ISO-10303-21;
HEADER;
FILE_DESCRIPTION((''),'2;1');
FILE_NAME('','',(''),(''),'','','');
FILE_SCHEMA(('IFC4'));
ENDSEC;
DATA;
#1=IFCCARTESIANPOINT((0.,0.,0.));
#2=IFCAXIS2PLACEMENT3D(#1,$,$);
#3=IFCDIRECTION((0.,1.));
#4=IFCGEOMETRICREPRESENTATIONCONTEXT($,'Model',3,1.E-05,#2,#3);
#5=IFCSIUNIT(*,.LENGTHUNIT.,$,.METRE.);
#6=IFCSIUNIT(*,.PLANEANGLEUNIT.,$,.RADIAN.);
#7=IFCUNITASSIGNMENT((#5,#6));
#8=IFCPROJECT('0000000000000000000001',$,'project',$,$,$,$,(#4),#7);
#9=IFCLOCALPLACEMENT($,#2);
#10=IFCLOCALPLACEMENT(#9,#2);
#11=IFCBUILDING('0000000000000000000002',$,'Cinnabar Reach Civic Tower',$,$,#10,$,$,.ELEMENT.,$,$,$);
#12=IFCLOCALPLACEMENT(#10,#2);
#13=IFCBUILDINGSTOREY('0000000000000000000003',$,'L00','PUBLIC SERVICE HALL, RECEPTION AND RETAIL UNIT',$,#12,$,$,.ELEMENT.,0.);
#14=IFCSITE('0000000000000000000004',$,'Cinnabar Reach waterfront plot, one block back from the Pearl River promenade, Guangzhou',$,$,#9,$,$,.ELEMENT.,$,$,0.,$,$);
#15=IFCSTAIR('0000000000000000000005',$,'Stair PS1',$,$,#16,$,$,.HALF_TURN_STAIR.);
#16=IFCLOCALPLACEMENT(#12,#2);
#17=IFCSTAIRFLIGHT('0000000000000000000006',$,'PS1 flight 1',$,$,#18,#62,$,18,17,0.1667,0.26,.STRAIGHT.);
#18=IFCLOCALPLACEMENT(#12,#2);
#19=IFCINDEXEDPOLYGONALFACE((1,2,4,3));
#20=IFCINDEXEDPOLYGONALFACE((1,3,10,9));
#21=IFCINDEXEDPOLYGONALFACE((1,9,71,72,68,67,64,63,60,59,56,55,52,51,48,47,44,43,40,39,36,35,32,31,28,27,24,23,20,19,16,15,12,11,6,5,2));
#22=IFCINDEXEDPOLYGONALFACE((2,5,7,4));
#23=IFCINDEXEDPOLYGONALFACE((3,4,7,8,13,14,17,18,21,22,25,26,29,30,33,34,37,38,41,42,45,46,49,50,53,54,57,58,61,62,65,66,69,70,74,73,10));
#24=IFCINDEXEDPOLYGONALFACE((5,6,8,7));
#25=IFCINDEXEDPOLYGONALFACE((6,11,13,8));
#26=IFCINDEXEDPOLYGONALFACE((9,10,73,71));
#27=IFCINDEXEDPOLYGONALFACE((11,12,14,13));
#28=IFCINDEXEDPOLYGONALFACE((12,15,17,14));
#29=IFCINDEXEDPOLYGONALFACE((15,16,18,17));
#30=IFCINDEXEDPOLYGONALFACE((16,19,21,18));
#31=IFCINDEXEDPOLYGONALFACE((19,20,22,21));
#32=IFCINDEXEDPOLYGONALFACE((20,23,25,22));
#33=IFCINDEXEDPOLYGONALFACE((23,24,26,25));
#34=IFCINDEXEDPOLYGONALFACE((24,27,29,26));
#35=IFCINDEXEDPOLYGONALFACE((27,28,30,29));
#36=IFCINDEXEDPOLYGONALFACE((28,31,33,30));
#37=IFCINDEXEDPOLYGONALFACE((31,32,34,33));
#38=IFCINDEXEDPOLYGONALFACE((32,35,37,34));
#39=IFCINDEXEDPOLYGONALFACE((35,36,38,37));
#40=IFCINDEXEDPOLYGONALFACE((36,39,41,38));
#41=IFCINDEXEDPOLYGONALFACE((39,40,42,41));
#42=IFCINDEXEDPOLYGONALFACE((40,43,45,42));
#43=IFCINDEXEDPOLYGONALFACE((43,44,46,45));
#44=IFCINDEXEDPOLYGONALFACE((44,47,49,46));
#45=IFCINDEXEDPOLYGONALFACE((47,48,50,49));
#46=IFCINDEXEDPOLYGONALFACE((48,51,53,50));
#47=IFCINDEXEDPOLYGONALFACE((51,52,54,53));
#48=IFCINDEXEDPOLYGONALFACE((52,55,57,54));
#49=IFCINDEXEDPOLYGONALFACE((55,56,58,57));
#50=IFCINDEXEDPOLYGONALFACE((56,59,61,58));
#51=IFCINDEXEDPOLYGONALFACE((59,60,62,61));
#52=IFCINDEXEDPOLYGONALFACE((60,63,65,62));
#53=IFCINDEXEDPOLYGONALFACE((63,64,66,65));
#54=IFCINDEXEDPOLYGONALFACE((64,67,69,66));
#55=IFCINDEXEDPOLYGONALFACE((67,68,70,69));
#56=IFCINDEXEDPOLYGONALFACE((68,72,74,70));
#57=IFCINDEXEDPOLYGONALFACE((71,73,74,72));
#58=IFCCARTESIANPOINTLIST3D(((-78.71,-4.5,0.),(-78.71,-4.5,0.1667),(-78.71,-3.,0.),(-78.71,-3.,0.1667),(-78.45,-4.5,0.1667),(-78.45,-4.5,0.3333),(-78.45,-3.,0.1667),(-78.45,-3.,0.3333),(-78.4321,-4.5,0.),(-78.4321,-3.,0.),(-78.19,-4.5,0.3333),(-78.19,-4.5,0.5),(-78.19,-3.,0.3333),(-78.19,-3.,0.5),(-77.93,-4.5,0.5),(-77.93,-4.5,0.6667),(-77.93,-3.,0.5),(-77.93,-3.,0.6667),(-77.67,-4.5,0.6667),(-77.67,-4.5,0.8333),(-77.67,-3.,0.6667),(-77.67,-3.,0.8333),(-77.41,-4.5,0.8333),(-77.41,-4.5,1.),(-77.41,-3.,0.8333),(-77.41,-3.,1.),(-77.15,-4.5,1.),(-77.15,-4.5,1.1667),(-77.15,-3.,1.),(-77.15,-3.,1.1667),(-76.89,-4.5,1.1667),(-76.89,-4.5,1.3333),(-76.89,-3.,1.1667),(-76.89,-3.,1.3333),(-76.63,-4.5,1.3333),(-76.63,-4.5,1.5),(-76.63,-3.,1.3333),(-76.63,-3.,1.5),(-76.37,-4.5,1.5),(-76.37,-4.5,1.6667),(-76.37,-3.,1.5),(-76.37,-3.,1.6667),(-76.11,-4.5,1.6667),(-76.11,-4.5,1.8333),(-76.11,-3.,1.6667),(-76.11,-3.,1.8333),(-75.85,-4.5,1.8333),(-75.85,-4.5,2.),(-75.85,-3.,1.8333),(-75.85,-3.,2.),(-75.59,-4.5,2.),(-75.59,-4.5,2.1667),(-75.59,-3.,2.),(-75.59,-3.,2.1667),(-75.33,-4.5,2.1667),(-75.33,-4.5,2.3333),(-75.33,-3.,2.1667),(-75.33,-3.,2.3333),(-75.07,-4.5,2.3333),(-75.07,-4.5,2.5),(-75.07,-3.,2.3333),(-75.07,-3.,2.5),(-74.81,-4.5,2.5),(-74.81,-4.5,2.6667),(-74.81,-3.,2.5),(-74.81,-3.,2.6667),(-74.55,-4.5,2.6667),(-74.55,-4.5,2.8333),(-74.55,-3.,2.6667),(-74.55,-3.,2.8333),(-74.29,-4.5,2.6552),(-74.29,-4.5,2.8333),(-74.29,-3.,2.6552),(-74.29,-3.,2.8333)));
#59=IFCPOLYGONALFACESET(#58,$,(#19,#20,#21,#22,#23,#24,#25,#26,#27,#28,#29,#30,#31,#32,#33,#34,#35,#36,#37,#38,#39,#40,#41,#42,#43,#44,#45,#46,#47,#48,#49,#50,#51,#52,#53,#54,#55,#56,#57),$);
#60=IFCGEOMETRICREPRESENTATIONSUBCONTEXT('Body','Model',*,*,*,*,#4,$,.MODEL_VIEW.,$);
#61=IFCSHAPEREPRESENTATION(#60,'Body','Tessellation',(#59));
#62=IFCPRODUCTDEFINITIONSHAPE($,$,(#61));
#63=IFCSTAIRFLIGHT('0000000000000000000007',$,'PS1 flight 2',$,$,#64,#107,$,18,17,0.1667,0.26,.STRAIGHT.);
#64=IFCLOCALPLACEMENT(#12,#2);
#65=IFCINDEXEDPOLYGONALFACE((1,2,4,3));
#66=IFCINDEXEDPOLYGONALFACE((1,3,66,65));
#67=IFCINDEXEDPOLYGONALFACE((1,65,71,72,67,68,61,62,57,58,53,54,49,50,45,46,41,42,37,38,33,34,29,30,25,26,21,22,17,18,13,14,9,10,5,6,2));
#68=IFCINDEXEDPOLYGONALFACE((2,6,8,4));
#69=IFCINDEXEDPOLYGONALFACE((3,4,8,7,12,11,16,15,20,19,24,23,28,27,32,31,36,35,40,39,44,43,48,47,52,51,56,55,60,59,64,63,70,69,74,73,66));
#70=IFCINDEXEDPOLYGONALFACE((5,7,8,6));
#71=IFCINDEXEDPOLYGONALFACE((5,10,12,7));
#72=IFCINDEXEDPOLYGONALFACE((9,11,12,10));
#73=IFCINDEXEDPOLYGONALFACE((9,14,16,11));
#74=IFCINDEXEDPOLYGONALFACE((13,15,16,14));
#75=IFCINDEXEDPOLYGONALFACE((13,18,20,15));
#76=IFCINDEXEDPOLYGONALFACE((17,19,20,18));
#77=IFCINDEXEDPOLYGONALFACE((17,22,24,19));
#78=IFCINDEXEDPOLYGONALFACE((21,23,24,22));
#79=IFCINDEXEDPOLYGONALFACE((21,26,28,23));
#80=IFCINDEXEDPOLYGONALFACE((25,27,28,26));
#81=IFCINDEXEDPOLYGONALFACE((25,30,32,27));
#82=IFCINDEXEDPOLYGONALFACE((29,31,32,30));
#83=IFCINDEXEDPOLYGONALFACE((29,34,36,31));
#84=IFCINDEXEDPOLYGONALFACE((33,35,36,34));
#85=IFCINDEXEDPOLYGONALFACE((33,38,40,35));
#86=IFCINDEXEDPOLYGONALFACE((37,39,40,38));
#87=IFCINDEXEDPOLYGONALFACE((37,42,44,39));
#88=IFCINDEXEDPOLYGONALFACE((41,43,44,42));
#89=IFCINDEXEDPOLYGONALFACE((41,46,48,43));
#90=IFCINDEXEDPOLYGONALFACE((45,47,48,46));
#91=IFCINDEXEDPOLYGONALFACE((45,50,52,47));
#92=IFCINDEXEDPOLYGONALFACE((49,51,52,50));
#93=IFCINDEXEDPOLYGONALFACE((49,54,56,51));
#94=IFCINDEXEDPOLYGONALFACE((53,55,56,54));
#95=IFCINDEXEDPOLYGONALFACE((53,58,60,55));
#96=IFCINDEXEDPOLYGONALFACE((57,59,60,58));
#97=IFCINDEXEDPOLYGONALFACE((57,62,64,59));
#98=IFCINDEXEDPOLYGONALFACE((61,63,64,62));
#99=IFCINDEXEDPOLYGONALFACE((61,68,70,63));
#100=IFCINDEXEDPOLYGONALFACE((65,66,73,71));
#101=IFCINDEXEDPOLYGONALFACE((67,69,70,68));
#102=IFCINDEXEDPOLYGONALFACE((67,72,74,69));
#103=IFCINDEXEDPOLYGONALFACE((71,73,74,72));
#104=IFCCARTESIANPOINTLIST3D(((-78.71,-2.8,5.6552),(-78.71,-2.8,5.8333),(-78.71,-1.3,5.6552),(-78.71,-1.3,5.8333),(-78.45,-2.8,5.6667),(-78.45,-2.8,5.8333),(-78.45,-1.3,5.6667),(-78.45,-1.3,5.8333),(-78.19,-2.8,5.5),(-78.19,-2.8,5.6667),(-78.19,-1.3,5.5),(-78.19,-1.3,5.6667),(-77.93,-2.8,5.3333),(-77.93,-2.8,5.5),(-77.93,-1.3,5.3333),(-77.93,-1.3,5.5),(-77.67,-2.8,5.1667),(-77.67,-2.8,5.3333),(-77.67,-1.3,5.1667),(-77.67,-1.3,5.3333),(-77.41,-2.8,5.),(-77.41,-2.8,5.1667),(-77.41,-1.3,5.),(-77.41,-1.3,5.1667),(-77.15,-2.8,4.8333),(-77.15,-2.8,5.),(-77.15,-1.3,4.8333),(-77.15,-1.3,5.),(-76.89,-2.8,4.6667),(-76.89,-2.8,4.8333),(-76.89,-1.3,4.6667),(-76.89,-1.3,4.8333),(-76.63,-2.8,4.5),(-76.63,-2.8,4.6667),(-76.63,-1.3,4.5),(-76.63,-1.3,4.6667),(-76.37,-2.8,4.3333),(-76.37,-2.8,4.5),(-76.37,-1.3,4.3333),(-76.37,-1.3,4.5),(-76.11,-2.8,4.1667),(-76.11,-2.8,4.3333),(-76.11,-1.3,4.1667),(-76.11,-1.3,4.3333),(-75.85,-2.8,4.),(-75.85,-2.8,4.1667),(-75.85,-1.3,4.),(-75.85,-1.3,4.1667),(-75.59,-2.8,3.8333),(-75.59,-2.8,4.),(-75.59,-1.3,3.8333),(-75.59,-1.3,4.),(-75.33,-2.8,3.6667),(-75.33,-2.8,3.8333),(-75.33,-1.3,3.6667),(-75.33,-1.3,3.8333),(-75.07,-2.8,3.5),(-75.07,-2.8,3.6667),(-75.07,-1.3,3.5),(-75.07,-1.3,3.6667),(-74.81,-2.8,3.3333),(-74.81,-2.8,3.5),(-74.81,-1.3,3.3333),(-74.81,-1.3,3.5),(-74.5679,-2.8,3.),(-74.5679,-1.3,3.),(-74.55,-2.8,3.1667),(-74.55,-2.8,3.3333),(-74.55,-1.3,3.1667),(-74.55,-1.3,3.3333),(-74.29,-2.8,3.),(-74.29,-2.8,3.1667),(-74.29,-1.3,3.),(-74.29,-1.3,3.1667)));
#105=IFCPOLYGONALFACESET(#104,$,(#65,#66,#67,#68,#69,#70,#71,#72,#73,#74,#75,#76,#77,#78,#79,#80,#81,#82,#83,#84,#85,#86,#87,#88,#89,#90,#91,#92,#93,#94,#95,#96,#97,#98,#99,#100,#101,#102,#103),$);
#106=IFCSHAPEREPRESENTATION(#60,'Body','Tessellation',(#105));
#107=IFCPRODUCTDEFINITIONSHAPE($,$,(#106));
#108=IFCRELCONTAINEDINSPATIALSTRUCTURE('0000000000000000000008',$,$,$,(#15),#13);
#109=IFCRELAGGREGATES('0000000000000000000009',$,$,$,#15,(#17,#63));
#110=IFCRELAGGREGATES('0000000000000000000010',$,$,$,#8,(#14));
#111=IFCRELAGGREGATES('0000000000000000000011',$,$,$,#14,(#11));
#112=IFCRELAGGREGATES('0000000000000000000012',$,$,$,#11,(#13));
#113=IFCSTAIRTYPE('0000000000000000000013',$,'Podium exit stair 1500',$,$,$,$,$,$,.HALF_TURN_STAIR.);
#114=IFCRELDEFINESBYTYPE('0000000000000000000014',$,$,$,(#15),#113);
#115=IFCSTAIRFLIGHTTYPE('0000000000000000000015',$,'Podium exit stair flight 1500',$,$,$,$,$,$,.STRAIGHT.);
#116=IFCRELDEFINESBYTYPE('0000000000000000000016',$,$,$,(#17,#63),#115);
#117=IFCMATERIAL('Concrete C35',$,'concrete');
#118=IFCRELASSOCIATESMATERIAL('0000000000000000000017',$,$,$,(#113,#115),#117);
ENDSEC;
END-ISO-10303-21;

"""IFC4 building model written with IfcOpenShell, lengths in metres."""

from ifc_helpers import new_model, si_unit, direction, frame, origin, place, context, subcontext, project, spatial, polyline, outline, extrude, material, type_object, element, aggregate, save


model = new_model("IFC4")

# Units and contexts
model_context = context("Model", 3, precision=1e-05, world=origin(), true_north=direction((0.0, 1.0)))
body_context = subcontext(model_context, "Body", "Model", "MODEL_VIEW")
ifc_project = project(units=[si_unit("LENGTHUNIT", "METRE"), si_unit("PLANEANGLEUNIT", "RADIAN")], contexts=[model_context])

# Site, building, storey
site_placement = place(None, origin())
site = spatial("IfcSite", under=ifc_project, at=site_placement, Name="Cinnabar Reach waterfront plot, one block back from the Pearl River promenade, Guangzhou", CompositionType="ELEMENT", RefElevation=0.0)
building_placement = place(site_placement, origin())
building = spatial("IfcBuilding", under=site, at=building_placement, Name="Cinnabar Reach Civic Tower", CompositionType="ELEMENT")
storey_placement = place(building_placement, origin())
storey = spatial("IfcBuildingStorey", under=building, at=storey_placement, Name="L00", Description="PUBLIC SERVICE HALL, RECEPTION AND RETAIL UNIT", CompositionType="ELEMENT", Elevation=0.0)

# Stair, stair flights
ifc_material_1 = material(Name="Concrete C35", Category="concrete")
stair_type = type_object("IfcStairType", Name="Podium exit stair 1500", PredefinedType="HALF_TURN_STAIR", material=ifc_material_1)
stair_placement = place(storey_placement, origin())
stair = element("IfcStair", 1, at=stair_placement, inside=storey, type_object=stair_type, Name="Stair PS1", PredefinedType="HALF_TURN_STAIR")
stair_flight_type = type_object("IfcStairFlightType", Name="Podium exit stair flight 1500", PredefinedType="STRAIGHT", material=ifc_material_1)
stair_flight_1_placement = place(storey_placement, frame((-78.71, -3.75, 0.0), z_axis=(0.0, 0.0, 1.0), x_axis=(1.0, 0.0, 0.0)))
stair_flight_1 = element("IfcStairFlight", 2, at=stair_flight_1_placement, type_object=stair_flight_type, Name="PS1 flight 1", NumberOfRisers=18, NumberOfTreads=17, PredefinedType="STRAIGHT", RiserHeight=0.1667, TreadLength=0.26, context=body_context, shape_type="SweptSolid", body=[
    extrude(outline(polyline([(0.0, 0.0), (0.0, 0.1667), (0.26, 0.1667), (0.26, 0.3333), (0.52, 0.3333), (0.52, 0.5), (0.78, 0.5), (0.78, 0.6667), (1.04, 0.6667), (1.04, 0.8333), (1.3, 0.8333), (1.3, 1.0), (1.56, 1.0), (1.56, 1.1667), (1.82, 1.1667), (1.82, 1.3333), (2.08, 1.3333), (2.08, 1.5), (2.34, 1.5), (2.34, 1.6667), (2.6, 1.6667), (2.6, 1.8333), (2.86, 1.8333), (2.86, 2.0), (3.12, 2.0), (3.12, 2.1667), (3.38, 2.1667), (3.38, 2.3333), (3.64, 2.3333), (3.64, 2.5), (3.9, 2.5), (3.9, 2.6667), (4.16, 2.6667), (4.16, 2.8333), (4.42, 2.8333), (4.42, 3.0), (4.42, 2.6552), (0.2779, 0.0), (0.0, 0.0)])), frame((0.0, 0.75, 0.0), z_axis=(0.0, -1.0, 0.0), x_axis=(1.0, 0.0, 0.0)), (0.0, 0.0, 1.0), 1.5),
])
stair_flight_2_placement = place(storey_placement, frame((-74.29, -2.05, 3.0), z_axis=(0.0, 0.0, 1.0), x_axis=(-1.0, 0.0, 0.0)))
stair_flight_2 = element("IfcStairFlight", 3, at=stair_flight_2_placement, type_object=stair_flight_type, Name="PS1 flight 2", NumberOfRisers=18, NumberOfTreads=17, PredefinedType="STRAIGHT", RiserHeight=0.1667, TreadLength=0.26, context=body_context, shape_type="SweptSolid", body=[
    extrude(outline(polyline([(0.0, 0.0), (0.0, 0.1667), (0.26, 0.1667), (0.26, 0.3333), (0.52, 0.3333), (0.52, 0.5), (0.78, 0.5), (0.78, 0.6667), (1.04, 0.6667), (1.04, 0.8333), (1.3, 0.8333), (1.3, 1.0), (1.56, 1.0), (1.56, 1.1667), (1.82, 1.1667), (1.82, 1.3333), (2.08, 1.3333), (2.08, 1.5), (2.34, 1.5), (2.34, 1.6667), (2.6, 1.6667), (2.6, 1.8333), (2.86, 1.8333), (2.86, 2.0), (3.12, 2.0), (3.12, 2.1667), (3.38, 2.1667), (3.38, 2.3333), (3.64, 2.3333), (3.64, 2.5), (3.9, 2.5), (3.9, 2.6667), (4.16, 2.6667), (4.16, 2.8333), (4.42, 2.8333), (4.42, 3.0), (4.42, 2.6552), (0.2779, 0.0), (0.0, 0.0)])), frame((0.0, 0.75, 0.0), z_axis=(0.0, -1.0, 0.0), x_axis=(1.0, 0.0, 0.0)), (0.0, 0.0, 1.0), 1.5),
])
aggregate(stair, [stair_flight_1, stair_flight_2])

save(model, "model.ifc")
